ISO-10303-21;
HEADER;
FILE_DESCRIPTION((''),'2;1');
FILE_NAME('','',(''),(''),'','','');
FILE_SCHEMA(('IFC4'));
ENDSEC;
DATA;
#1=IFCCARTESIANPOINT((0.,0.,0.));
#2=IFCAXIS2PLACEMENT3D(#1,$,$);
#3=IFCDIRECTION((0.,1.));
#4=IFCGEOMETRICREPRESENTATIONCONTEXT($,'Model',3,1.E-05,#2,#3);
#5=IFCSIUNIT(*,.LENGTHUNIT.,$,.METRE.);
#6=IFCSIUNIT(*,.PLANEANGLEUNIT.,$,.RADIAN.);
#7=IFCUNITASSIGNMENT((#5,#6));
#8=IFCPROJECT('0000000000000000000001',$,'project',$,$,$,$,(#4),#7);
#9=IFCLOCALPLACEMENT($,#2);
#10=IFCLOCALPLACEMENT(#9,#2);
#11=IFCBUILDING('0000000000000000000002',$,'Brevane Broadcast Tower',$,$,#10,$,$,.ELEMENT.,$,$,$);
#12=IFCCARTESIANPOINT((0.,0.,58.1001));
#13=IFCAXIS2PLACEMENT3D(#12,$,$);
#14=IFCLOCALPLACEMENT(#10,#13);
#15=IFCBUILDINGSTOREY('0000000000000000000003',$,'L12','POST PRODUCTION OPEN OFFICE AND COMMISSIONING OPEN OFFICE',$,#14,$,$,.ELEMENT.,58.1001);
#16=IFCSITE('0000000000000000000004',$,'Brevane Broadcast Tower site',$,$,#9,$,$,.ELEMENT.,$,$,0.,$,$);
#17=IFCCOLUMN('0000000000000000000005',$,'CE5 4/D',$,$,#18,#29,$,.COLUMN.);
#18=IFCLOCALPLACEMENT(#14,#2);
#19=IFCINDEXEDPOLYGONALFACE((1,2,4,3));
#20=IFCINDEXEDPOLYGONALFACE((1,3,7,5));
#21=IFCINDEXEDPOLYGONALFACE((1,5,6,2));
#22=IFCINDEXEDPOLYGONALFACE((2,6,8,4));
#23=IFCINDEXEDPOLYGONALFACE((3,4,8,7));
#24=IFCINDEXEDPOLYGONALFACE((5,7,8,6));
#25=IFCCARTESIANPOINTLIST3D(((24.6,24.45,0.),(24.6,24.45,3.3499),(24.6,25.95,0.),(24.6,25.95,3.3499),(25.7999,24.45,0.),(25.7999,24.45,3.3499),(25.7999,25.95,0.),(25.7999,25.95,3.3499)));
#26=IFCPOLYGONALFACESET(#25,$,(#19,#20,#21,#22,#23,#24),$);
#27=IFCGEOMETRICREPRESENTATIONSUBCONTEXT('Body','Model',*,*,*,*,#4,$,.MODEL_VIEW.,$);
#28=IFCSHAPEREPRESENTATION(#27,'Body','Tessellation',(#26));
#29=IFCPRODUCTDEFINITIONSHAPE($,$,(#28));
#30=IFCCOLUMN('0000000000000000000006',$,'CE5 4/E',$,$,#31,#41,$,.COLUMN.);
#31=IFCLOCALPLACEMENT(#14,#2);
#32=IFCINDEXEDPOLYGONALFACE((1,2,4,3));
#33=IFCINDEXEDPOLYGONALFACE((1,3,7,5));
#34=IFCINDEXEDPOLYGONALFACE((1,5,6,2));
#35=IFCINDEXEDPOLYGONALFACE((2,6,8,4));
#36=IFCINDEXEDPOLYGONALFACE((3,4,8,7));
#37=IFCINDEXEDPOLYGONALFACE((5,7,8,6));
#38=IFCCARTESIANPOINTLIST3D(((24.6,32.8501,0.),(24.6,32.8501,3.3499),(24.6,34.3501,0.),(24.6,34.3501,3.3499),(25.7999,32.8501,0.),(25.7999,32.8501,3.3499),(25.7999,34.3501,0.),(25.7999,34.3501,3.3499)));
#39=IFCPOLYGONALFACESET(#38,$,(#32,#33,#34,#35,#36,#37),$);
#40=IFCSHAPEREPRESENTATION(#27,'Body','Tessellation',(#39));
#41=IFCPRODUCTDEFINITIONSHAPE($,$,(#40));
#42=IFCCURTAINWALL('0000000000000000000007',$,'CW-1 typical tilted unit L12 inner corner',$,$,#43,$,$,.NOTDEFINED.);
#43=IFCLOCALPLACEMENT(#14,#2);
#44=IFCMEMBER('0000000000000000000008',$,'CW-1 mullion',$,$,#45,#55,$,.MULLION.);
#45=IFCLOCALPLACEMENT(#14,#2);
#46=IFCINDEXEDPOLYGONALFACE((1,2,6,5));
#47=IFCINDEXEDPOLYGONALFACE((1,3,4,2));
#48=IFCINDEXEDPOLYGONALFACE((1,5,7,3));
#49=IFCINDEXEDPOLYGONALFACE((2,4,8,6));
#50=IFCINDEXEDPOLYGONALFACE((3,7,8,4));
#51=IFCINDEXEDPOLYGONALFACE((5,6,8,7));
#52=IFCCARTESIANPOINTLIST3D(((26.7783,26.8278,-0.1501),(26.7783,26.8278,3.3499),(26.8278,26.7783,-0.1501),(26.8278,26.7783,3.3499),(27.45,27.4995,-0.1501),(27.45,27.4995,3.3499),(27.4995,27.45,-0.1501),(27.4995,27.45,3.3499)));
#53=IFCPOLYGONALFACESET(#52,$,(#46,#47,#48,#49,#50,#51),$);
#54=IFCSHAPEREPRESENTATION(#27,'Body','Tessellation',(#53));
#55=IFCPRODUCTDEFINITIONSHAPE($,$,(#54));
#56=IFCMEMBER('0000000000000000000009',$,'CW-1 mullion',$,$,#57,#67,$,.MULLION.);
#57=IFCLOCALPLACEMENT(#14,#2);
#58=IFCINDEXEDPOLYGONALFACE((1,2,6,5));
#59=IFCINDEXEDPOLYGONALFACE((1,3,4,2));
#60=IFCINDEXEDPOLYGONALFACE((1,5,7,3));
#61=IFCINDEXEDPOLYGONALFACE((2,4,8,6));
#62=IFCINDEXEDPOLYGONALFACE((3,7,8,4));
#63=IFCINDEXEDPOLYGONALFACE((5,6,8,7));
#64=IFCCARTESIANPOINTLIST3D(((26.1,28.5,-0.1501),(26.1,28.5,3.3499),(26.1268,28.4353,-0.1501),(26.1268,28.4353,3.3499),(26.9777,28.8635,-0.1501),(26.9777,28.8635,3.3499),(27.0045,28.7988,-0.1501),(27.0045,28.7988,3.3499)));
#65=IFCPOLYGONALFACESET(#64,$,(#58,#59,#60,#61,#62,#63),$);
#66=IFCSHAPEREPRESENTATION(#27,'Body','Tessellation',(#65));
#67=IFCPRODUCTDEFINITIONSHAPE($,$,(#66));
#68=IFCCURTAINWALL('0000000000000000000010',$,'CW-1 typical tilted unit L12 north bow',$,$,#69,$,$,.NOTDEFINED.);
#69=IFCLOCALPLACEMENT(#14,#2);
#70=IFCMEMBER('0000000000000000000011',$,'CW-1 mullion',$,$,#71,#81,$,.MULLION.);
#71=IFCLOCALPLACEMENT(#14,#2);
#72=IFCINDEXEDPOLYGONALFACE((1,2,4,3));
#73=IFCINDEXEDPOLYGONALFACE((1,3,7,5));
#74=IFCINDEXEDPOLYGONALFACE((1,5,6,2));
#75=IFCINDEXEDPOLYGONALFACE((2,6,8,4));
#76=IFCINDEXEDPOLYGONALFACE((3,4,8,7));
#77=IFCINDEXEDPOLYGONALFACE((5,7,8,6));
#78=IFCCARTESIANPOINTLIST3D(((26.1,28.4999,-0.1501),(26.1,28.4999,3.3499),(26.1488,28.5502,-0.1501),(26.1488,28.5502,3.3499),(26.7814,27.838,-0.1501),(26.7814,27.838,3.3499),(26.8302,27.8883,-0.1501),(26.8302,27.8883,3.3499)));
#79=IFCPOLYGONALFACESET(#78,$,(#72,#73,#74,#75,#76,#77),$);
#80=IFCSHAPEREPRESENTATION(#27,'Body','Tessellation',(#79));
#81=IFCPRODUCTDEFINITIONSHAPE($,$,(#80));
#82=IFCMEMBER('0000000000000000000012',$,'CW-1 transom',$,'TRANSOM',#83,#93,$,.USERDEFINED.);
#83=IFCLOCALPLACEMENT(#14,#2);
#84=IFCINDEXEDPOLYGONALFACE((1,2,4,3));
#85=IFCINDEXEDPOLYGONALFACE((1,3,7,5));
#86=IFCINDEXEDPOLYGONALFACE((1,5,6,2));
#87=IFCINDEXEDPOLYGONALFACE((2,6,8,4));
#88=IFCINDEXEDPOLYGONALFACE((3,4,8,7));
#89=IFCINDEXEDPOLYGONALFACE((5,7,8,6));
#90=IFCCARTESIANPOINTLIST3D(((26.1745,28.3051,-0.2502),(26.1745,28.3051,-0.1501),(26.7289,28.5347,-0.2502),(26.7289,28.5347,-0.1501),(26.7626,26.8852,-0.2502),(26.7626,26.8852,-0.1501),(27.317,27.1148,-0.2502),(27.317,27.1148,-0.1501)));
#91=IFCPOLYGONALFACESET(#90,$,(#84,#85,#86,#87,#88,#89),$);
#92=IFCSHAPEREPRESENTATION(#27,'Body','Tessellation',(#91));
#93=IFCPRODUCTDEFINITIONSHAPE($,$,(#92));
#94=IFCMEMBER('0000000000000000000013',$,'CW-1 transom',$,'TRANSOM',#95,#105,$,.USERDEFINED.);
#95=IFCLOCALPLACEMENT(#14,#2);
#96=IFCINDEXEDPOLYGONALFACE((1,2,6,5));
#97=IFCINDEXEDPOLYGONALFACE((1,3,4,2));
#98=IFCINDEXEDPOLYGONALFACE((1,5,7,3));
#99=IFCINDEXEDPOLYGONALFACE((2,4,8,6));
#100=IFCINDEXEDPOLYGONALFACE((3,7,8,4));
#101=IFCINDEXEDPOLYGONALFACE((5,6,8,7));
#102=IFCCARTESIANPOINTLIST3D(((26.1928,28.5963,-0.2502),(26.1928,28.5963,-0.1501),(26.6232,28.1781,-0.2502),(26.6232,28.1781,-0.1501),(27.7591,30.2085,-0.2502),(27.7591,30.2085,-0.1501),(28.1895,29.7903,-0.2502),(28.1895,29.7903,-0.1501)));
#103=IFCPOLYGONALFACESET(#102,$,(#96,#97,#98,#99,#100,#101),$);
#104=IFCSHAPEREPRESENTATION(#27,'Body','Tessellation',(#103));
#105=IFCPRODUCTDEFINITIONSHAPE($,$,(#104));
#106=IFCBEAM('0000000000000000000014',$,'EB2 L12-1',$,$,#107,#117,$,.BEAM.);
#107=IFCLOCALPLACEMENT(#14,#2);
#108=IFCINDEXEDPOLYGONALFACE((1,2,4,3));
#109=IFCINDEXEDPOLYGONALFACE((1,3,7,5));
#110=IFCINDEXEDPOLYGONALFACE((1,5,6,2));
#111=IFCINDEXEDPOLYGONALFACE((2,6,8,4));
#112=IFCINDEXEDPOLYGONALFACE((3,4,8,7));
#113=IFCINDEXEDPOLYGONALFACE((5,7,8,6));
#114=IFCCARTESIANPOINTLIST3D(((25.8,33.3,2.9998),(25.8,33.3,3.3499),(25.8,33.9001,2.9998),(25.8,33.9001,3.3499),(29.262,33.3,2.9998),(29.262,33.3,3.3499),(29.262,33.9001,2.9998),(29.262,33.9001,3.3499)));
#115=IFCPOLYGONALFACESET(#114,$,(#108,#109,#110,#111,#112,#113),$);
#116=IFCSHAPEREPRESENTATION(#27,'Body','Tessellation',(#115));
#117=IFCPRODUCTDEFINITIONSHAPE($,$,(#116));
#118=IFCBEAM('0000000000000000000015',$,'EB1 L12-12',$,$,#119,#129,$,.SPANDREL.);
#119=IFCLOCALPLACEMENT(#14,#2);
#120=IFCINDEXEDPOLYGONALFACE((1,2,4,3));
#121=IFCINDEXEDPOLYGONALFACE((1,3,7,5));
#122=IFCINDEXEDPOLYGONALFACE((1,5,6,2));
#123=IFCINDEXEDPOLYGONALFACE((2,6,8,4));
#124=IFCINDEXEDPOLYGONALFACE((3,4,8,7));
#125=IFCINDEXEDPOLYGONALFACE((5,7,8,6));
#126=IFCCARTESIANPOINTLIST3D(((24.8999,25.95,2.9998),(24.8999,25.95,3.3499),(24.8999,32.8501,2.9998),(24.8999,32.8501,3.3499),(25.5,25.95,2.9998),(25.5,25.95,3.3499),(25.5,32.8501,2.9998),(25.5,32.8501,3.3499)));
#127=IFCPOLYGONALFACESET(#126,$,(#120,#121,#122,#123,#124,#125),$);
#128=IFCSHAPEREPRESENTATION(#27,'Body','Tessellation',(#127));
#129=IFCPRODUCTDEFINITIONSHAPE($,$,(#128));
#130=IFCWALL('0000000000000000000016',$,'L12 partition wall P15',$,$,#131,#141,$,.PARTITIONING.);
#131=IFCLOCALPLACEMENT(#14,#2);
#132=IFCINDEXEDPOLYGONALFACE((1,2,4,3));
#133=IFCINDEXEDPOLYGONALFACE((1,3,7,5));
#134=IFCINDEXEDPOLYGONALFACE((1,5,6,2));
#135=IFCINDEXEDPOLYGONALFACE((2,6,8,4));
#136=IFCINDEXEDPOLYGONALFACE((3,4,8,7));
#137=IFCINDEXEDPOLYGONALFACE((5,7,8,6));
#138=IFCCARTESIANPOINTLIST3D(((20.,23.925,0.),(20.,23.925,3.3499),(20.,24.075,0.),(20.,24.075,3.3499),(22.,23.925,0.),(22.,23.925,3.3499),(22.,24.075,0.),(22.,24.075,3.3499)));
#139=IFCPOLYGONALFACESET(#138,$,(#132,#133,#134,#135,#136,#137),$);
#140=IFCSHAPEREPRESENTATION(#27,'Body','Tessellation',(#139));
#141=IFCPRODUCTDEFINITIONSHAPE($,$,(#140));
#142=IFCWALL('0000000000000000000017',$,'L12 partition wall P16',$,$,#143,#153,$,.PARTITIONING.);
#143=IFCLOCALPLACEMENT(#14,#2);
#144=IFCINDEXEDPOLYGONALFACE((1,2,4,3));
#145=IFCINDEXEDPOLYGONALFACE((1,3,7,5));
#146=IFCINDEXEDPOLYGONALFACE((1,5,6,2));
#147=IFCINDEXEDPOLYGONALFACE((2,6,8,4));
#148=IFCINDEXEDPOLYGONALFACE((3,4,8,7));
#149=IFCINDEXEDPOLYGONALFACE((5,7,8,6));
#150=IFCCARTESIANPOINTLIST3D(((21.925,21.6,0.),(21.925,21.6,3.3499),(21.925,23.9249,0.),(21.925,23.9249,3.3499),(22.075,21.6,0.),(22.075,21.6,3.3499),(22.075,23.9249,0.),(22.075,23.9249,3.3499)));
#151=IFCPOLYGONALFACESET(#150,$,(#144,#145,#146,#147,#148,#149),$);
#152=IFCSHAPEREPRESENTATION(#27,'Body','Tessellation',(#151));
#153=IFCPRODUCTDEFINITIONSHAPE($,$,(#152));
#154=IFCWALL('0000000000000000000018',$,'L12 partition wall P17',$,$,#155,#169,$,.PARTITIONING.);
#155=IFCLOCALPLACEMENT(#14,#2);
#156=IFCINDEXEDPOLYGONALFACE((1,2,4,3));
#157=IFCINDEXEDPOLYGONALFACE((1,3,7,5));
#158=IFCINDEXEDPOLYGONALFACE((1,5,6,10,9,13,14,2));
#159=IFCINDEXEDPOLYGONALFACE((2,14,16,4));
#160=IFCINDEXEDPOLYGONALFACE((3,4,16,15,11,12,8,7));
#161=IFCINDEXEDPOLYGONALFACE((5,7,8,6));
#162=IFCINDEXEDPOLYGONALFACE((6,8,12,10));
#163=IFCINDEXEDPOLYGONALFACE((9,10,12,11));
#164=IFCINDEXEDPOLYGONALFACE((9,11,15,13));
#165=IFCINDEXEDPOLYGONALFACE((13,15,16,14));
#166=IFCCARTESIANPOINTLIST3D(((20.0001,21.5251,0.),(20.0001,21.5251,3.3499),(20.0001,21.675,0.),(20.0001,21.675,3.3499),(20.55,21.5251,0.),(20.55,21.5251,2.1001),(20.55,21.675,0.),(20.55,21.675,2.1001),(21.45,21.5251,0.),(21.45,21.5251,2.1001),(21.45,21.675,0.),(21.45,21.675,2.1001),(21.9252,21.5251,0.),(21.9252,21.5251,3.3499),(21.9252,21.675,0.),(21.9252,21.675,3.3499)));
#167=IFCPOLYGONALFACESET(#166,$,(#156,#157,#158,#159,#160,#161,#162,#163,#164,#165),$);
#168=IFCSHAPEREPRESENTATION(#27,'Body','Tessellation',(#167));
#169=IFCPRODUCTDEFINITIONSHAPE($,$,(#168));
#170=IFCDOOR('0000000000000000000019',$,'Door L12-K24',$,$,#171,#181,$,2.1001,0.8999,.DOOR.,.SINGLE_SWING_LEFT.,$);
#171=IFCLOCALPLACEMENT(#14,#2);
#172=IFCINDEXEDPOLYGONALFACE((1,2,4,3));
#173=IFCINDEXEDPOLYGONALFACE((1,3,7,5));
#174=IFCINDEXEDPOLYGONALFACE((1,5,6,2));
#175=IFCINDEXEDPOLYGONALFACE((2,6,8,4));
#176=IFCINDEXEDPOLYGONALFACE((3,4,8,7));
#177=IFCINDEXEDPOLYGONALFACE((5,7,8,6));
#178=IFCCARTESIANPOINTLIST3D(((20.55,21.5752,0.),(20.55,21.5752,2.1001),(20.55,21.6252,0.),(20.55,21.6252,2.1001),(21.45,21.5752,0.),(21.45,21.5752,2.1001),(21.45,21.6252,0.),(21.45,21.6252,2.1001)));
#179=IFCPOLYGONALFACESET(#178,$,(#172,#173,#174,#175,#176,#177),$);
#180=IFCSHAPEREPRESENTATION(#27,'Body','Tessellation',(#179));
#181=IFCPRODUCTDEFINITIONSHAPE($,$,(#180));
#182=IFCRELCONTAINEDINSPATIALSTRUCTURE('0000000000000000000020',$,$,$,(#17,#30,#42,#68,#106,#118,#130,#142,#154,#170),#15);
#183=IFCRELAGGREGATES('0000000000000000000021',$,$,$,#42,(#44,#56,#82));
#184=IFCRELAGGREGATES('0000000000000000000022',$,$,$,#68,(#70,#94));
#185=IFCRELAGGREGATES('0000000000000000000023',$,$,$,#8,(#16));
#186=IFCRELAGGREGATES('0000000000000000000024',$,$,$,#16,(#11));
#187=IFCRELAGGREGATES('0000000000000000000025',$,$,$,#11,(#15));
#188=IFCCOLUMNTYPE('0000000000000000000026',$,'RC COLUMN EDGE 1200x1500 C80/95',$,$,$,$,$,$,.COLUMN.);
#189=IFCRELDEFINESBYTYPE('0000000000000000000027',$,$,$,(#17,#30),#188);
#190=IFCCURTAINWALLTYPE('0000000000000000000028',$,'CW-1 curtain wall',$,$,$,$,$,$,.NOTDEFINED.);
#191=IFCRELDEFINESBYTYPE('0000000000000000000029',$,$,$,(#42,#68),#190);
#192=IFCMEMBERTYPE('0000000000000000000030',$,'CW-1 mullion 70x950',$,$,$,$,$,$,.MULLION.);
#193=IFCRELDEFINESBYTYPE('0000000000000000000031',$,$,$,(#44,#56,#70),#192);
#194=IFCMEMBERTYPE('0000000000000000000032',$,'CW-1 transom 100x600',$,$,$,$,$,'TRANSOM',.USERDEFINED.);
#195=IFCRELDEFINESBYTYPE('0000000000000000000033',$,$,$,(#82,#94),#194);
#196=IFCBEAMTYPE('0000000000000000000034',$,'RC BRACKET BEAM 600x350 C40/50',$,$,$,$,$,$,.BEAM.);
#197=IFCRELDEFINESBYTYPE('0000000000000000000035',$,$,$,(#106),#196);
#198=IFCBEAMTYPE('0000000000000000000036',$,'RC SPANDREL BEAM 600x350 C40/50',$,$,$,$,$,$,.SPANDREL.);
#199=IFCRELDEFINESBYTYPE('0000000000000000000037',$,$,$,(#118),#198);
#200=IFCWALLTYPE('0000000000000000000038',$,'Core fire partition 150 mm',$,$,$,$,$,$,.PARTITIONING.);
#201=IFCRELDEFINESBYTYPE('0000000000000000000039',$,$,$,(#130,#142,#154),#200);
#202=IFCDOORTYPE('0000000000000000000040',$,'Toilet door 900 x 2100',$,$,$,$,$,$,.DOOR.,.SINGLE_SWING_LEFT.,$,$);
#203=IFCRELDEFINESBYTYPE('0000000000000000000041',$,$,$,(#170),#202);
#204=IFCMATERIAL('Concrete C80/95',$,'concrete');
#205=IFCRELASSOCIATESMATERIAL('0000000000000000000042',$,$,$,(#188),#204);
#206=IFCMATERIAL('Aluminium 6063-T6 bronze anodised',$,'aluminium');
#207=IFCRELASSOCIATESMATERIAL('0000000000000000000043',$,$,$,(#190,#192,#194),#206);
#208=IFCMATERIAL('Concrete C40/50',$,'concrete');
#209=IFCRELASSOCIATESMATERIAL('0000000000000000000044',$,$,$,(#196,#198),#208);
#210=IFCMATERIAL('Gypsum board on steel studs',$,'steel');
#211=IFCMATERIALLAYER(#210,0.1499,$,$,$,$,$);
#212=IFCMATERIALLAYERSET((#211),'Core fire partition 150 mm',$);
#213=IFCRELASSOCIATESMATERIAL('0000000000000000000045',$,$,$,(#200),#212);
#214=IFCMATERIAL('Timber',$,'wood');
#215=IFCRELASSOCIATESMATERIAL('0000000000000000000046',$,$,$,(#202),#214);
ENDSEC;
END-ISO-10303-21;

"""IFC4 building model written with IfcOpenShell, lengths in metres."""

from ifc_helpers import new_model, si_unit, direction, frame, frame_2d, origin, origin_2d, place, context, subcontext, project, spatial, rectangle, extrude, material, layer, layer_set, material_profile, profile_set, type_object, element, fill, aggregate, save


model = new_model("IFC4")

# Units and contexts
model_context = context("Model", 3, precision=1e-05, world=origin(), true_north=direction((0.0, 1.0)))
body_context = subcontext(model_context, "Body", "Model", "MODEL_VIEW")
ifc_project = project(units=[si_unit("LENGTHUNIT", "METRE"), si_unit("PLANEANGLEUNIT", "RADIAN")], contexts=[model_context])

# Site, building, storey
site_placement = place(None, origin())
site = spatial("IfcSite", under=ifc_project, at=site_placement, Name="Brevane Broadcast Tower site", CompositionType="ELEMENT", RefElevation=0.0)
building_placement = place(site_placement, origin())
building = spatial("IfcBuilding", under=site, at=building_placement, Name="Brevane Broadcast Tower", CompositionType="ELEMENT")
storey_placement = place(building_placement, frame((0.0, 0.0, 58.1001)))
storey = spatial("IfcBuildingStorey", under=building, at=storey_placement, Name="L12", Description="POST PRODUCTION OPEN OFFICE AND COMMISSIONING OPEN OFFICE", CompositionType="ELEMENT", Elevation=58.1001)

# Columns
ifc_material_1 = material(Name="Concrete C80/95", Category="concrete")
ifc_material_profile_1 = material_profile(ifc_material_1, rectangle(XDim=1.2, YDim=1.5, at=origin_2d()), Name="RC 1200x1500")
ifc_profile_set_1 = profile_set([ifc_material_profile_1], Name="Concrete C80/95")
column_type = type_object("IfcColumnType", Name="RC COLUMN EDGE 1200x1500 C80/95", PredefinedType="COLUMN", material=ifc_profile_set_1)
for number, where, z_axis, x_axis, name in (
    (1, (25.2, 25.2, 0.0), (0.0, 0.0, 1.0), (1.0, 0.0, 0.0), "CE5 4/D"),
    (2, (25.2, 33.6001, 0.0), (0.0, 0.0, 1.0), (1.0, 0.0, 0.0), "CE5 4/E"),
):
    element("IfcColumn", number, at=place(storey_placement, frame(where, z_axis=z_axis, x_axis=x_axis)), inside=storey, type_object=column_type, Name=name, PredefinedType="COLUMN", context=body_context, shape_type="SweptSolid", body=[
        extrude(rectangle(XDim=1.2, YDim=1.5, at=origin_2d()), origin(), (0.0, 0.0, 1.0), 3.3499),
    ])

# Curtain wall, members
ifc_material_2 = material(Name="Aluminium 6063-T6 bronze anodised", Category="aluminium")
curtain_wall_type = type_object("IfcCurtainWallType", Name="CW-1 curtain wall", PredefinedType="NOTDEFINED", material=ifc_material_2)
curtain_wall_1_placement = place(storey_placement, origin())
curtain_wall_1 = element("IfcCurtainWall", 3, at=curtain_wall_1_placement, inside=storey, type_object=curtain_wall_type, Name="CW-1 typical tilted unit L12 inner corner", PredefinedType="NOTDEFINED")
ifc_material_profile_2 = material_profile(ifc_material_2, rectangle(XDim=0.95, YDim=0.0701, at=origin_2d()), Name="RECT 70x950")
ifc_profile_set_2 = profile_set([ifc_material_profile_2], Name="Aluminium 6063-T6 bronze anodised")
member_type_1 = type_object("IfcMemberType", Name="CW-1 mullion 70x950", PredefinedType="MULLION", material=ifc_profile_set_2)
member_1_placement = place(storey_placement, frame((27.1389, 27.1389, -0.1501), z_axis=(0.0, 0.0, 1.0), x_axis=(-0.707107, -0.707107, 0.0)))
member_1 = element("IfcMember", 4, at=member_1_placement, type_object=member_type_1, Name="CW-1 mullion", PredefinedType="MULLION", context=body_context, shape_type="SweptSolid", body=[
    extrude(rectangle(XDim=0.95, YDim=0.0701, at=origin_2d()), origin(), (0.0, 0.0, 1.0), 3.5),
])
member_2_placement = place(storey_placement, frame((26.5522, 28.6494, -0.1501), z_axis=(0.0, 0.0, 1.0), x_axis=(-0.923879, -0.382684, 0.0)))
member_2 = element("IfcMember", 5, at=member_2_placement, type_object=member_type_1, Name="CW-1 mullion", PredefinedType="MULLION", context=body_context, shape_type="SweptSolid", body=[
    extrude(rectangle(XDim=0.95, YDim=0.0701, at=origin_2d()), origin(), (0.0, 0.0, 1.0), 3.5),
])

# Curtain wall, member
curtain_wall_2_placement = place(storey_placement, origin())
curtain_wall_2 = element("IfcCurtainWall", 6, at=curtain_wall_2_placement, inside=storey, type_object=curtain_wall_type, Name="CW-1 typical tilted unit L12 north bow", PredefinedType="NOTDEFINED")
member_3_placement = place(storey_placement, frame((26.4651, 28.1941, -0.1501), z_axis=(0.0, 0.0, 1.0), x_axis=(-0.717254, 0.696812, 0.0)))
member_3 = element("IfcMember", 7, at=member_3_placement, type_object=member_type_1, Name="CW-1 mullion", PredefinedType="MULLION", context=body_context, shape_type="SweptSolid", body=[
    extrude(rectangle(XDim=0.95, YDim=0.0701, at=origin_2d()), origin(), (0.0, 0.0, 1.0), 3.5),
])

# Members
ifc_material_profile_3 = material_profile(ifc_material_2, rectangle(XDim=0.6001, YDim=0.1001, at=origin_2d()), Name="RECT 100x600")
ifc_profile_set_3 = profile_set([ifc_material_profile_3], Name="Aluminium 6063-T6 bronze anodised")
member_type_2 = type_object("IfcMemberType", Name="CW-1 transom 100x600", ElementType="TRANSOM", PredefinedType="USERDEFINED", material=ifc_profile_set_3)
member_4_placement = place(storey_placement, frame((27.0398, 27.0, -0.2002), z_axis=(-0.382674, 0.923883, 0.0), x_axis=(-0.923883, -0.382674, 0.0)))
member_4 = element("IfcMember", 8, at=member_4_placement, type_object=member_type_2, Name="CW-1 transom", ObjectType="TRANSOM", PredefinedType="USERDEFINED", context=body_context, shape_type="SweptSolid", body=[
    extrude(rectangle(XDim=0.6001, YDim=0.1001, at=origin_2d()), origin(), (0.0, 0.0, 1.0), 1.5369),
])
aggregate(curtain_wall_1, [member_1, member_2, member_4])
member_5_placement = place(storey_placement, frame((26.408, 28.3872, -0.2002), z_axis=(0.696824, 0.717242, 0.0), x_axis=(-0.717242, 0.696824, 0.0)))
member_5 = element("IfcMember", 9, at=member_5_placement, type_object=member_type_2, Name="CW-1 transom", ObjectType="TRANSOM", PredefinedType="USERDEFINED", context=body_context, shape_type="SweptSolid", body=[
    extrude(rectangle(XDim=0.6001, YDim=0.1001, at=origin_2d()), origin(), (0.0, 0.0, 1.0), 2.2478),
])
aggregate(curtain_wall_2, [member_3, member_5])

# Beams
ifc_material_3 = material(Name="Concrete C40/50", Category="concrete")
ifc_material_profile_4 = material_profile(ifc_material_3, rectangle(XDim=0.6001, YDim=0.3501, at=origin_2d()), Name="RC 600x350")
ifc_profile_set_4 = profile_set([ifc_material_profile_4], Name="Concrete C40/50")
beam_type_1 = type_object("IfcBeamType", Name="RC BRACKET BEAM 600x350 C40/50", PredefinedType="BEAM", material=ifc_profile_set_4)
beam_1_placement = place(storey_placement, frame((25.8, 33.6001, 3.1748), z_axis=(1.0, 0.0, 0.0), x_axis=(0.0, 1.0, 0.0)))
element("IfcBeam", 10, at=beam_1_placement, inside=storey, type_object=beam_type_1, Name="EB2 L12-1", PredefinedType="BEAM", context=body_context, shape_type="SweptSolid", body=[
    extrude(rectangle(XDim=0.6001, YDim=0.3501, at=origin_2d()), origin(), (0.0, 0.0, 1.0), 3.4619),
])
ifc_material_profile_5 = material_profile(ifc_material_3, rectangle(XDim=0.6001, YDim=0.3501, at=origin_2d()), Name="RC 600x350")
ifc_profile_set_5 = profile_set([ifc_material_profile_5], Name="Concrete C40/50")
beam_type_2 = type_object("IfcBeamType", Name="RC SPANDREL BEAM 600x350 C40/50", PredefinedType="SPANDREL", material=ifc_profile_set_5)
beam_2_placement = place(storey_placement, frame((25.2, 25.95, 3.1748), z_axis=(0.0, 1.0, 0.0), x_axis=(-1.0, 0.0, 0.0)))
element("IfcBeam", 11, at=beam_2_placement, inside=storey, type_object=beam_type_2, Name="EB1 L12-12", PredefinedType="SPANDREL", context=body_context, shape_type="SweptSolid", body=[
    extrude(rectangle(XDim=0.6001, YDim=0.3501, at=origin_2d()), origin(), (0.0, 0.0, 1.0), 6.9001),
])

# Walls
ifc_material_4 = material(Name="Gypsum board on steel studs", Category="steel")
ifc_layer_1 = layer(ifc_material_4, 0.1499)
ifc_layer_set_1 = layer_set([ifc_layer_1], Name="Core fire partition 150 mm")
wall_type_1 = type_object("IfcWallType", Name="Core fire partition 150 mm", PredefinedType="PARTITIONING", material=ifc_layer_set_1)
wall_1_placement = place(storey_placement, frame((20.0, 24.0, 0.0), z_axis=(0.0, 0.0, 1.0), x_axis=(1.0, 0.0, 0.0)))
element("IfcWall", 12, at=wall_1_placement, inside=storey, type_object=wall_type_1, Name="L12 partition wall P15", PredefinedType="PARTITIONING", context=body_context, shape_type="SweptSolid", body=[
    extrude(rectangle(XDim=2.0, YDim=0.1499, at=frame_2d((1.0, 0.0))), origin(), (0.0, 0.0, 1.0), 3.3499),
])
wall_2_placement = place(storey_placement, frame((22.0, 23.925, 0.0), z_axis=(0.0, 0.0, 1.0), x_axis=(0.0, -1.0, 0.0)))
element("IfcWall", 13, at=wall_2_placement, inside=storey, type_object=wall_type_1, Name="L12 partition wall P16", PredefinedType="PARTITIONING", context=body_context, shape_type="SweptSolid", body=[
    extrude(rectangle(XDim=2.325, YDim=0.1499, at=frame_2d((1.1626, 0.0))), origin(), (0.0, 0.0, 1.0), 3.3499),
])

# Wall, opening, door
wall_3_placement = place(storey_placement, frame((21.925, 21.6001, 0.0), z_axis=(0.0, 0.0, 1.0), x_axis=(-1.0, 0.0, 0.0)))
wall_3 = element("IfcWall", 14, at=wall_3_placement, inside=storey, type_object=wall_type_1, Name="L12 partition wall P17", PredefinedType="PARTITIONING", context=body_context, shape_type="SweptSolid", body=[
    extrude(rectangle(XDim=1.925, YDim=0.1499, at=frame_2d((0.9624, 0.0))), origin(), (0.0, 0.0, 1.0), 3.3499),
])
opening_1_placement = place(wall_3_placement, frame((0.4751, 0.0, 0.0)))
opening_1 = element("IfcOpeningElement", 15, at=opening_1_placement, cuts=wall_3, PredefinedType="OPENING", context=body_context, shape_type="SweptSolid", body=[
    extrude(rectangle(XDim=0.8999, YDim=2.1001, at=frame_2d((0.45, 1.05))), frame((0.0, 0.085, 0.0), z_axis=(0.0, -1.0, 0.0), x_axis=(1.0, 0.0, 0.0)), (0.0, 0.0, 1.0), 0.1699),
])
ifc_material_5 = material(Name="Timber", Category="wood")
door_type_1 = type_object("IfcDoorType", Name="Toilet door 900 x 2100", OperationType="SINGLE_SWING_LEFT", PredefinedType="DOOR", material=ifc_material_5)
door_1_placement = place(opening_1_placement, origin())
door_1 = element("IfcDoor", 16, at=door_1_placement, inside=storey, type_object=door_type_1, Name="Door L12-K24", OperationType="SINGLE_SWING_LEFT", OverallHeight=2.1001, OverallWidth=0.8999, PredefinedType="DOOR", context=body_context, shape_type="SweptSolid", body=[
    extrude(rectangle(XDim=0.8999, YDim=2.1001, at=frame_2d((0.45, 1.05))), frame((0.0, 0.0249, 0.0), z_axis=(0.0, -1.0, 0.0), x_axis=(1.0, 0.0, 0.0)), (0.0, 0.0, 1.0), 0.05),
])
fill(opening_1, door_1)

save(model, "model.ifc")
